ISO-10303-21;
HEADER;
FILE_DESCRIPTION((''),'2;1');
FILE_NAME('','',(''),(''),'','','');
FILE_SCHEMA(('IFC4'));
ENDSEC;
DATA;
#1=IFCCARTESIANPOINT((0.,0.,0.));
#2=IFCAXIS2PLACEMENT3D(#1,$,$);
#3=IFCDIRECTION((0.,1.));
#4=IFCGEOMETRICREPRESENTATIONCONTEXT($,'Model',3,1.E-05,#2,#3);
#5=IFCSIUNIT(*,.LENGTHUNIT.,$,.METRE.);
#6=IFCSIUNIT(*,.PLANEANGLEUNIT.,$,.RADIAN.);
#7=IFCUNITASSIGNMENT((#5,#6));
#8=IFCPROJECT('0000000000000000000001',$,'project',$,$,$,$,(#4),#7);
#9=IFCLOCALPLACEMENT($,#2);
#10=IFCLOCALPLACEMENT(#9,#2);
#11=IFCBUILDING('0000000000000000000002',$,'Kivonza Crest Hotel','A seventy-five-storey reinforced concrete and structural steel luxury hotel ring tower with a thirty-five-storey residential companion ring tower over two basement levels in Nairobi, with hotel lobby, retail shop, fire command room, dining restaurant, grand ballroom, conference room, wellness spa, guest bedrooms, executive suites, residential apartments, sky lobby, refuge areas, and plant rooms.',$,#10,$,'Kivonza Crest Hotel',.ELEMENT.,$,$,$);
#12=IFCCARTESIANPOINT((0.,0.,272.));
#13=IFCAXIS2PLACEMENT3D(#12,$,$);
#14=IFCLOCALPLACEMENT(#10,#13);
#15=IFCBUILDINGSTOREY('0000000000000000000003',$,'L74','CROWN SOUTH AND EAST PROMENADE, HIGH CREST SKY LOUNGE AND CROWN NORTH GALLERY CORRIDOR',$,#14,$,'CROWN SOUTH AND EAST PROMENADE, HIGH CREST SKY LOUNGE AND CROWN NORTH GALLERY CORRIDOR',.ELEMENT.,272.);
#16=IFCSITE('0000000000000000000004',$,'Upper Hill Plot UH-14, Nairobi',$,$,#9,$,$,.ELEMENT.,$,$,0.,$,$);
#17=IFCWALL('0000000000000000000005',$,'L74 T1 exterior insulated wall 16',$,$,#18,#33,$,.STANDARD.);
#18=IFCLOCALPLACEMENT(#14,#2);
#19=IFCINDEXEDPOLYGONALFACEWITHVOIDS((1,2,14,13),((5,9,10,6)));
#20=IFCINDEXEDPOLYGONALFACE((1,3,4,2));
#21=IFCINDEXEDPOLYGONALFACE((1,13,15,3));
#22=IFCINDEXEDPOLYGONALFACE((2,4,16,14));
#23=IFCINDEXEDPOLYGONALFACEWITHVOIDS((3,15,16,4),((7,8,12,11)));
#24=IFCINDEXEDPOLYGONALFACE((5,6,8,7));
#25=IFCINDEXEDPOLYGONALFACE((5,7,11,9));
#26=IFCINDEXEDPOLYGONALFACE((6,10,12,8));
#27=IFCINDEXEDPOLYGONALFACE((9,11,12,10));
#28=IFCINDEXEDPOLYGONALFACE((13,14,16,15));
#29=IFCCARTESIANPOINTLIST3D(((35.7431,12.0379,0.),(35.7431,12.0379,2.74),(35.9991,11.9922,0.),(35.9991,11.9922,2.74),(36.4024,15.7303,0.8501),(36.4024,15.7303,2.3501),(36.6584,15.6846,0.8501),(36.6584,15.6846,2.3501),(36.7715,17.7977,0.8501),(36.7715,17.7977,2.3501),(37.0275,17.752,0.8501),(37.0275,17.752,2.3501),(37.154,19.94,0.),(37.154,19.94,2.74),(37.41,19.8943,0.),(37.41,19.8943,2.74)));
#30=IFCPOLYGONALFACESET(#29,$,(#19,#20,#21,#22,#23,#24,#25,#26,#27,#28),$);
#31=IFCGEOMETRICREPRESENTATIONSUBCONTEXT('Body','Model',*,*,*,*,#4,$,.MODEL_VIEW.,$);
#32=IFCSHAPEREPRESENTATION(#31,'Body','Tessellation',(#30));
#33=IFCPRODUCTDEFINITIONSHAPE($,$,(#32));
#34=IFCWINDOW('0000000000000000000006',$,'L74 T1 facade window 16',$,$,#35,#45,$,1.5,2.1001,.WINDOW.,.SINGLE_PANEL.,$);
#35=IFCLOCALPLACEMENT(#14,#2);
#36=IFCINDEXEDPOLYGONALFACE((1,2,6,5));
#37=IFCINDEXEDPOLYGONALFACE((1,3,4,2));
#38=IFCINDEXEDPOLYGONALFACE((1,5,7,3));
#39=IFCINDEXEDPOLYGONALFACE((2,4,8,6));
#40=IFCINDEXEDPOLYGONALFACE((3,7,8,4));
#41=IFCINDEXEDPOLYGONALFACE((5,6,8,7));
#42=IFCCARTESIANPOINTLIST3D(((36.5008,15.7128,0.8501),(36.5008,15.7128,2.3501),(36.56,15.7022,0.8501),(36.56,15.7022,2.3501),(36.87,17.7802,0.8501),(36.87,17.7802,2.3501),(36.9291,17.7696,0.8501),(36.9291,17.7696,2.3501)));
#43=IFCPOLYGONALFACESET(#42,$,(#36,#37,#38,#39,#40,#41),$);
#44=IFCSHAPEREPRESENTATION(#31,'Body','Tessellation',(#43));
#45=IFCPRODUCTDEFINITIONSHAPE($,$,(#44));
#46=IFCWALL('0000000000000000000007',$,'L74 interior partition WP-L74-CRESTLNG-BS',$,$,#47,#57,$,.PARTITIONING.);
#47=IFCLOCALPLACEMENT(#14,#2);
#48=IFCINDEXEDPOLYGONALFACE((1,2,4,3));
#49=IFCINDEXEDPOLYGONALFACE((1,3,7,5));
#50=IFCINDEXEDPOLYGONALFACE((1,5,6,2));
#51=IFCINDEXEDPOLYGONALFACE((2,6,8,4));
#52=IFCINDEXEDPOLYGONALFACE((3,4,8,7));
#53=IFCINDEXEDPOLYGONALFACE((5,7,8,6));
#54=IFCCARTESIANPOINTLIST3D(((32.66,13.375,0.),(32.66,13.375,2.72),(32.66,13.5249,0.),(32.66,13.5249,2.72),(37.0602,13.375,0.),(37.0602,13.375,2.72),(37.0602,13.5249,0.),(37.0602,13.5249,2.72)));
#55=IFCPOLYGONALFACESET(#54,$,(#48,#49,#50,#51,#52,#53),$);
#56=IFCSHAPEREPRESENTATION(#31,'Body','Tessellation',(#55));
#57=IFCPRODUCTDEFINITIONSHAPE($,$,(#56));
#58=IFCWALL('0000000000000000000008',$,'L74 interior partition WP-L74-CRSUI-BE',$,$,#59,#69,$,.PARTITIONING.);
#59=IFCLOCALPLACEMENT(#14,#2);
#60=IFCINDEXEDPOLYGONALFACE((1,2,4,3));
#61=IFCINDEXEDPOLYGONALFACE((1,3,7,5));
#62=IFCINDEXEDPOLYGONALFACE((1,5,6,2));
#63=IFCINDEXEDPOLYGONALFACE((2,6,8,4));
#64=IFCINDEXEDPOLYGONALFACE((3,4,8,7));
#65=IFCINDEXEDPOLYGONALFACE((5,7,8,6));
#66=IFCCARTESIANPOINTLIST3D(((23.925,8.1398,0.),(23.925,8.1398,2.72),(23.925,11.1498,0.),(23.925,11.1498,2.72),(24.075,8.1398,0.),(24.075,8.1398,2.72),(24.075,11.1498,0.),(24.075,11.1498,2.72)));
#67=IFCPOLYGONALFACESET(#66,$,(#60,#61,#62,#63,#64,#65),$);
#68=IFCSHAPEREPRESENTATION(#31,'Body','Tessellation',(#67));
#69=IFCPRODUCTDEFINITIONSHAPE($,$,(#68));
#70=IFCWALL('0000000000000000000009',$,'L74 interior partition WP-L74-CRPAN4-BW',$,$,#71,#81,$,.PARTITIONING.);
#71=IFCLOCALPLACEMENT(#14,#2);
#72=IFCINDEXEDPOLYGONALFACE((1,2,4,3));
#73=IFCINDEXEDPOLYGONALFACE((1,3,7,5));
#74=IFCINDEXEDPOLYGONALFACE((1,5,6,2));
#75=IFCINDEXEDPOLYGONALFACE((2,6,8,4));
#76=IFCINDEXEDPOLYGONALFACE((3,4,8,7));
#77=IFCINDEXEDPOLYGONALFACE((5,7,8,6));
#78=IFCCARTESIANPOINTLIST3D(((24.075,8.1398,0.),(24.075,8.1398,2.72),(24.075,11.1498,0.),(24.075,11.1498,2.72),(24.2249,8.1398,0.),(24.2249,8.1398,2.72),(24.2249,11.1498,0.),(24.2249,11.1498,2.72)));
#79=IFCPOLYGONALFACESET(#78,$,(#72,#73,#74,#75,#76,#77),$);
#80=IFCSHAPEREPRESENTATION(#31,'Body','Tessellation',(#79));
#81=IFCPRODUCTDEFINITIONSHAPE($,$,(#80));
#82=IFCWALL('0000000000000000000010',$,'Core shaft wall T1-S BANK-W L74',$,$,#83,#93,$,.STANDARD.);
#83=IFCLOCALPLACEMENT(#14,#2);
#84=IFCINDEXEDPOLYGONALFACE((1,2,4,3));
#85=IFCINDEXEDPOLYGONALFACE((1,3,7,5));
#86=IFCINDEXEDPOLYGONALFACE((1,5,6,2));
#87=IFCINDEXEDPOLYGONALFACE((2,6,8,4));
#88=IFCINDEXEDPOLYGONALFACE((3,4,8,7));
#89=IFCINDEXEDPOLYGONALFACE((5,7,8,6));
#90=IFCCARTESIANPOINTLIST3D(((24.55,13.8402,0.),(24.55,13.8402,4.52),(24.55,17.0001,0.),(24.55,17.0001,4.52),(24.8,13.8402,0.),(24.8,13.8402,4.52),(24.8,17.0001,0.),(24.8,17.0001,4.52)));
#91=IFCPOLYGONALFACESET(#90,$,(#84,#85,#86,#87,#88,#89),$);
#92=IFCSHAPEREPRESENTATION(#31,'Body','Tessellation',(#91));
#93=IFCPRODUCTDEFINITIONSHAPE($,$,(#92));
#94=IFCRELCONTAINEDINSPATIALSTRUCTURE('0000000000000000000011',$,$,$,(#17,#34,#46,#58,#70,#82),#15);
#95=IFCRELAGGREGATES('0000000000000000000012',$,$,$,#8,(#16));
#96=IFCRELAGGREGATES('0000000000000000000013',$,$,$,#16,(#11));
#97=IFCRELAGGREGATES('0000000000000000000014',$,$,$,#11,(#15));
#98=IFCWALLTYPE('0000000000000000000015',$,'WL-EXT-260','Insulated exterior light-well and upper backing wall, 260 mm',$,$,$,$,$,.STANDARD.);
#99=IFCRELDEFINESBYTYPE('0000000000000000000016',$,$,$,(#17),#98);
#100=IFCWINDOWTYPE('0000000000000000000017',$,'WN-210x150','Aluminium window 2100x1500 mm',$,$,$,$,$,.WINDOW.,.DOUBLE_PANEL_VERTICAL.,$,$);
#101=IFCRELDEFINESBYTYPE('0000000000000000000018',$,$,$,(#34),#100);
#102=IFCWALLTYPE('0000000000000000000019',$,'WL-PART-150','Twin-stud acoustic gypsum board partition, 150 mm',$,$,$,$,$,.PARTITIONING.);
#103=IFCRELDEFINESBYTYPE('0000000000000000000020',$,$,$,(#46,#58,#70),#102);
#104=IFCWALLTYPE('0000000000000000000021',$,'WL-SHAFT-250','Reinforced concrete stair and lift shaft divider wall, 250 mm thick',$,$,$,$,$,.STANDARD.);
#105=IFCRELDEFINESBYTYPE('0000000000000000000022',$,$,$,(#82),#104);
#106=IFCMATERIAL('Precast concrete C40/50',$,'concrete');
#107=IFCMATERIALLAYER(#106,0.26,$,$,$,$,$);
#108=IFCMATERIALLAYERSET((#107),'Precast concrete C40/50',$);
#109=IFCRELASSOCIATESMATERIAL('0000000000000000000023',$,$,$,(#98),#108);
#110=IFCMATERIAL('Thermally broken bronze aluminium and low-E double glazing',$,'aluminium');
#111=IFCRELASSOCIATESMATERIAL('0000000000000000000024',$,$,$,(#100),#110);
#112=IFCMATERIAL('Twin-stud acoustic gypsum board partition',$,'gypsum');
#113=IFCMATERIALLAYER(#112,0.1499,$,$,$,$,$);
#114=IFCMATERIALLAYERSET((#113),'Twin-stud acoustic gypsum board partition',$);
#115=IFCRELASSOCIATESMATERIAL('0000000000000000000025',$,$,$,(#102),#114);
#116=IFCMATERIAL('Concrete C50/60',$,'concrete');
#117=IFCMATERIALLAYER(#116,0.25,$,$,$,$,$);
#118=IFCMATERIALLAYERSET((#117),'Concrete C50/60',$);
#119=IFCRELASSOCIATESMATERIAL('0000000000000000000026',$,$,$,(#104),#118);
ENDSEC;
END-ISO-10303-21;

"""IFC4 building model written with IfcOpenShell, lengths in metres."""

from ifc_helpers import new_model, si_unit, direction, frame, frame_2d, origin, place, context, subcontext, project, spatial, rectangle, extrude, material, layer, layer_set, type_object, element, fill, save


model = new_model("IFC4")

# Units and contexts
model_context = context("Model", 3, precision=1e-05, world=origin(), true_north=direction((0.0, 1.0)))
body_context = subcontext(model_context, "Body", "Model", "MODEL_VIEW")
ifc_project = project(units=[si_unit("LENGTHUNIT", "METRE"), si_unit("PLANEANGLEUNIT", "RADIAN")], contexts=[model_context])

# Site, building, storey
site_placement = place(None, origin())
site = spatial("IfcSite", under=ifc_project, at=site_placement, Name="Upper Hill Plot UH-14, Nairobi", CompositionType="ELEMENT", RefElevation=0.0)
building_placement = place(site_placement, origin())
building = spatial("IfcBuilding", under=site, at=building_placement, Name="Kivonza Crest Hotel", Description="A seventy-five-storey reinforced concrete and structural steel luxury hotel ring tower with a thirty-five-storey residential companion ring tower over two basement levels in Nairobi, with hotel lobby, retail shop, fire command room, dining restaurant, grand ballroom, conference room, wellness spa, guest bedrooms, executive suites, residential apartments, sky lobby, refuge areas, and plant rooms.", LongName="Kivonza Crest Hotel", CompositionType="ELEMENT")
storey_placement = place(building_placement, frame((0.0, 0.0, 272.0)))
storey = spatial("IfcBuildingStorey", under=building, at=storey_placement, Name="L74", Description="CROWN SOUTH AND EAST PROMENADE, HIGH CREST SKY LOUNGE AND CROWN NORTH GALLERY CORRIDOR", LongName="CROWN SOUTH AND EAST PROMENADE, HIGH CREST SKY LOUNGE AND CROWN NORTH GALLERY CORRIDOR", CompositionType="ELEMENT", Elevation=272.0)

# Shared definitions
ifc_material_1 = material(Name="Concrete C50/60", Category="concrete")

# Shared definitions
ifc_material_2 = material(Name="Precast concrete C40/50", Category="concrete")
ifc_layer_1 = layer(ifc_material_2, 0.26)
ifc_layer_set_1 = layer_set([ifc_layer_1], Name="Precast concrete C40/50")
wall_type_1 = type_object("IfcWallType", Name="WL-EXT-260", Description="Insulated exterior light-well and upper backing wall, 260 mm", PredefinedType="STANDARD", material=ifc_layer_set_1)
ifc_material_3 = material(Name="Thermally broken bronze aluminium and low-E double glazing", Category="aluminium")
window_type = type_object("IfcWindowType", Name="WN-210x150", Description="Aluminium window 2100x1500 mm", PartitioningType="DOUBLE_PANEL_VERTICAL", PredefinedType="WINDOW", material=ifc_material_3)

# Wall, opening, window
wall_1_placement = place(storey_placement, frame((35.8711, 12.0149, 0.0), z_axis=(0.0, 0.0, 1.0), x_axis=(0.175766, 0.984432, 0.0)))
wall_1 = element("IfcWall", 1, at=wall_1_placement, inside=storey, type_object=wall_type_1, Name="L74 T1 exterior insulated wall 16", PredefinedType="STANDARD", context=body_context, shape_type="SweptSolid", body=[
    extrude(rectangle(XDim=8.0271, YDim=0.26, at=frame_2d((4.0137, 0.0))), origin(), (0.0, 0.0, 1.0), 2.74),
])
opening_1_placement = place(wall_1_placement, frame((3.751, 0.0, 0.8501)))
opening_1 = element("IfcOpeningElement", 2, at=opening_1_placement, cuts=wall_1, PredefinedType="OPENING", context=body_context, shape_type="SweptSolid", body=[
    extrude(rectangle(XDim=2.1001, YDim=1.5, at=frame_2d((1.05, 0.75))), frame((0.0, 0.1401, 0.0), z_axis=(0.0, -1.0, 0.0), x_axis=(1.0, 0.0, 0.0)), (0.0, 0.0, 1.0), 0.28),
])
window_1_placement = place(opening_1_placement, origin())
window_1 = element("IfcWindow", 3, at=window_1_placement, inside=storey, type_object=window_type, Name="L74 T1 facade window 16", OverallHeight=1.5, OverallWidth=2.1001, PartitioningType="SINGLE_PANEL", PredefinedType="WINDOW", context=body_context, shape_type="SweptSolid", body=[
    extrude(rectangle(XDim=2.1001, YDim=1.5, at=frame_2d((1.05, 0.75))), frame((0.0, 0.03, 0.0), z_axis=(0.0, -1.0, 0.0), x_axis=(1.0, 0.0, 0.0)), (0.0, 0.0, 1.0), 0.0601),
])
fill(opening_1, window_1)

# Walls
ifc_material_4 = material(Name="Twin-stud acoustic gypsum board partition", Category="gypsum")
ifc_layer_2 = layer(ifc_material_4, 0.1499)
ifc_layer_set_2 = layer_set([ifc_layer_2], Name="Twin-stud acoustic gypsum board partition")
wall_type_2 = type_object("IfcWallType", Name="WL-PART-150", Description="Twin-stud acoustic gypsum board partition, 150 mm", PredefinedType="PARTITIONING", material=ifc_layer_set_2)
wall_2_placement = place(storey_placement, frame((32.6599, 13.45, 0.0), z_axis=(0.0, 0.0, 1.0), x_axis=(1.0, 0.0, 0.0)))
element("IfcWall", 4, at=wall_2_placement, inside=storey, type_object=wall_type_2, Name="L74 interior partition WP-L74-CRESTLNG-BS", PredefinedType="PARTITIONING", context=body_context, shape_type="SweptSolid", body=[
    extrude(rectangle(XDim=4.4001, YDim=0.1499, at=frame_2d((2.2002, 0.0))), origin(), (0.0, 0.0, 1.0), 2.72),
])
for number, where, z_axis, x_axis, name in (
    (5, (24.0, 8.1399, 0.0), (0.0, 0.0, 1.0), (0.0, 1.0, 0.0), "L74 interior partition WP-L74-CRSUI-BE"),
    (6, (24.1499, 8.1399, 0.0), (0.0, 0.0, 1.0), (0.0, 1.0, 0.0), "L74 interior partition WP-L74-CRPAN4-BW"),
):
    element("IfcWall", number, at=place(storey_placement, frame(where, z_axis=z_axis, x_axis=x_axis)), inside=storey, type_object=wall_type_2, Name=name, PredefinedType="PARTITIONING", context=body_context, shape_type="SweptSolid", body=[
        extrude(rectangle(XDim=3.01, YDim=0.1499, at=frame_2d((1.5049, 0.0))), origin(), (0.0, 0.0, 1.0), 2.72),
    ])
ifc_layer_3 = layer(ifc_material_1, 0.25)
ifc_layer_set_3 = layer_set([ifc_layer_3], Name="Concrete C50/60")
wall_type_3 = type_object("IfcWallType", Name="WL-SHAFT-250", Description="Reinforced concrete stair and lift shaft divider wall, 250 mm thick", PredefinedType="STANDARD", material=ifc_layer_set_3)
wall_3_placement = place(storey_placement, frame((24.675, 13.8401, 0.0), z_axis=(0.0, 0.0, 1.0), x_axis=(0.0, 1.0, 0.0)))
element("IfcWall", 7, at=wall_3_placement, inside=storey, type_object=wall_type_3, Name="Core shaft wall T1-S BANK-W L74", PredefinedType="STANDARD", context=body_context, shape_type="SweptSolid", body=[
    extrude(rectangle(XDim=3.1599, YDim=0.25, at=frame_2d((1.5801, 0.0))), origin(), (0.0, 0.0, 1.0), 4.52),
])

save(model, "model.ifc")
